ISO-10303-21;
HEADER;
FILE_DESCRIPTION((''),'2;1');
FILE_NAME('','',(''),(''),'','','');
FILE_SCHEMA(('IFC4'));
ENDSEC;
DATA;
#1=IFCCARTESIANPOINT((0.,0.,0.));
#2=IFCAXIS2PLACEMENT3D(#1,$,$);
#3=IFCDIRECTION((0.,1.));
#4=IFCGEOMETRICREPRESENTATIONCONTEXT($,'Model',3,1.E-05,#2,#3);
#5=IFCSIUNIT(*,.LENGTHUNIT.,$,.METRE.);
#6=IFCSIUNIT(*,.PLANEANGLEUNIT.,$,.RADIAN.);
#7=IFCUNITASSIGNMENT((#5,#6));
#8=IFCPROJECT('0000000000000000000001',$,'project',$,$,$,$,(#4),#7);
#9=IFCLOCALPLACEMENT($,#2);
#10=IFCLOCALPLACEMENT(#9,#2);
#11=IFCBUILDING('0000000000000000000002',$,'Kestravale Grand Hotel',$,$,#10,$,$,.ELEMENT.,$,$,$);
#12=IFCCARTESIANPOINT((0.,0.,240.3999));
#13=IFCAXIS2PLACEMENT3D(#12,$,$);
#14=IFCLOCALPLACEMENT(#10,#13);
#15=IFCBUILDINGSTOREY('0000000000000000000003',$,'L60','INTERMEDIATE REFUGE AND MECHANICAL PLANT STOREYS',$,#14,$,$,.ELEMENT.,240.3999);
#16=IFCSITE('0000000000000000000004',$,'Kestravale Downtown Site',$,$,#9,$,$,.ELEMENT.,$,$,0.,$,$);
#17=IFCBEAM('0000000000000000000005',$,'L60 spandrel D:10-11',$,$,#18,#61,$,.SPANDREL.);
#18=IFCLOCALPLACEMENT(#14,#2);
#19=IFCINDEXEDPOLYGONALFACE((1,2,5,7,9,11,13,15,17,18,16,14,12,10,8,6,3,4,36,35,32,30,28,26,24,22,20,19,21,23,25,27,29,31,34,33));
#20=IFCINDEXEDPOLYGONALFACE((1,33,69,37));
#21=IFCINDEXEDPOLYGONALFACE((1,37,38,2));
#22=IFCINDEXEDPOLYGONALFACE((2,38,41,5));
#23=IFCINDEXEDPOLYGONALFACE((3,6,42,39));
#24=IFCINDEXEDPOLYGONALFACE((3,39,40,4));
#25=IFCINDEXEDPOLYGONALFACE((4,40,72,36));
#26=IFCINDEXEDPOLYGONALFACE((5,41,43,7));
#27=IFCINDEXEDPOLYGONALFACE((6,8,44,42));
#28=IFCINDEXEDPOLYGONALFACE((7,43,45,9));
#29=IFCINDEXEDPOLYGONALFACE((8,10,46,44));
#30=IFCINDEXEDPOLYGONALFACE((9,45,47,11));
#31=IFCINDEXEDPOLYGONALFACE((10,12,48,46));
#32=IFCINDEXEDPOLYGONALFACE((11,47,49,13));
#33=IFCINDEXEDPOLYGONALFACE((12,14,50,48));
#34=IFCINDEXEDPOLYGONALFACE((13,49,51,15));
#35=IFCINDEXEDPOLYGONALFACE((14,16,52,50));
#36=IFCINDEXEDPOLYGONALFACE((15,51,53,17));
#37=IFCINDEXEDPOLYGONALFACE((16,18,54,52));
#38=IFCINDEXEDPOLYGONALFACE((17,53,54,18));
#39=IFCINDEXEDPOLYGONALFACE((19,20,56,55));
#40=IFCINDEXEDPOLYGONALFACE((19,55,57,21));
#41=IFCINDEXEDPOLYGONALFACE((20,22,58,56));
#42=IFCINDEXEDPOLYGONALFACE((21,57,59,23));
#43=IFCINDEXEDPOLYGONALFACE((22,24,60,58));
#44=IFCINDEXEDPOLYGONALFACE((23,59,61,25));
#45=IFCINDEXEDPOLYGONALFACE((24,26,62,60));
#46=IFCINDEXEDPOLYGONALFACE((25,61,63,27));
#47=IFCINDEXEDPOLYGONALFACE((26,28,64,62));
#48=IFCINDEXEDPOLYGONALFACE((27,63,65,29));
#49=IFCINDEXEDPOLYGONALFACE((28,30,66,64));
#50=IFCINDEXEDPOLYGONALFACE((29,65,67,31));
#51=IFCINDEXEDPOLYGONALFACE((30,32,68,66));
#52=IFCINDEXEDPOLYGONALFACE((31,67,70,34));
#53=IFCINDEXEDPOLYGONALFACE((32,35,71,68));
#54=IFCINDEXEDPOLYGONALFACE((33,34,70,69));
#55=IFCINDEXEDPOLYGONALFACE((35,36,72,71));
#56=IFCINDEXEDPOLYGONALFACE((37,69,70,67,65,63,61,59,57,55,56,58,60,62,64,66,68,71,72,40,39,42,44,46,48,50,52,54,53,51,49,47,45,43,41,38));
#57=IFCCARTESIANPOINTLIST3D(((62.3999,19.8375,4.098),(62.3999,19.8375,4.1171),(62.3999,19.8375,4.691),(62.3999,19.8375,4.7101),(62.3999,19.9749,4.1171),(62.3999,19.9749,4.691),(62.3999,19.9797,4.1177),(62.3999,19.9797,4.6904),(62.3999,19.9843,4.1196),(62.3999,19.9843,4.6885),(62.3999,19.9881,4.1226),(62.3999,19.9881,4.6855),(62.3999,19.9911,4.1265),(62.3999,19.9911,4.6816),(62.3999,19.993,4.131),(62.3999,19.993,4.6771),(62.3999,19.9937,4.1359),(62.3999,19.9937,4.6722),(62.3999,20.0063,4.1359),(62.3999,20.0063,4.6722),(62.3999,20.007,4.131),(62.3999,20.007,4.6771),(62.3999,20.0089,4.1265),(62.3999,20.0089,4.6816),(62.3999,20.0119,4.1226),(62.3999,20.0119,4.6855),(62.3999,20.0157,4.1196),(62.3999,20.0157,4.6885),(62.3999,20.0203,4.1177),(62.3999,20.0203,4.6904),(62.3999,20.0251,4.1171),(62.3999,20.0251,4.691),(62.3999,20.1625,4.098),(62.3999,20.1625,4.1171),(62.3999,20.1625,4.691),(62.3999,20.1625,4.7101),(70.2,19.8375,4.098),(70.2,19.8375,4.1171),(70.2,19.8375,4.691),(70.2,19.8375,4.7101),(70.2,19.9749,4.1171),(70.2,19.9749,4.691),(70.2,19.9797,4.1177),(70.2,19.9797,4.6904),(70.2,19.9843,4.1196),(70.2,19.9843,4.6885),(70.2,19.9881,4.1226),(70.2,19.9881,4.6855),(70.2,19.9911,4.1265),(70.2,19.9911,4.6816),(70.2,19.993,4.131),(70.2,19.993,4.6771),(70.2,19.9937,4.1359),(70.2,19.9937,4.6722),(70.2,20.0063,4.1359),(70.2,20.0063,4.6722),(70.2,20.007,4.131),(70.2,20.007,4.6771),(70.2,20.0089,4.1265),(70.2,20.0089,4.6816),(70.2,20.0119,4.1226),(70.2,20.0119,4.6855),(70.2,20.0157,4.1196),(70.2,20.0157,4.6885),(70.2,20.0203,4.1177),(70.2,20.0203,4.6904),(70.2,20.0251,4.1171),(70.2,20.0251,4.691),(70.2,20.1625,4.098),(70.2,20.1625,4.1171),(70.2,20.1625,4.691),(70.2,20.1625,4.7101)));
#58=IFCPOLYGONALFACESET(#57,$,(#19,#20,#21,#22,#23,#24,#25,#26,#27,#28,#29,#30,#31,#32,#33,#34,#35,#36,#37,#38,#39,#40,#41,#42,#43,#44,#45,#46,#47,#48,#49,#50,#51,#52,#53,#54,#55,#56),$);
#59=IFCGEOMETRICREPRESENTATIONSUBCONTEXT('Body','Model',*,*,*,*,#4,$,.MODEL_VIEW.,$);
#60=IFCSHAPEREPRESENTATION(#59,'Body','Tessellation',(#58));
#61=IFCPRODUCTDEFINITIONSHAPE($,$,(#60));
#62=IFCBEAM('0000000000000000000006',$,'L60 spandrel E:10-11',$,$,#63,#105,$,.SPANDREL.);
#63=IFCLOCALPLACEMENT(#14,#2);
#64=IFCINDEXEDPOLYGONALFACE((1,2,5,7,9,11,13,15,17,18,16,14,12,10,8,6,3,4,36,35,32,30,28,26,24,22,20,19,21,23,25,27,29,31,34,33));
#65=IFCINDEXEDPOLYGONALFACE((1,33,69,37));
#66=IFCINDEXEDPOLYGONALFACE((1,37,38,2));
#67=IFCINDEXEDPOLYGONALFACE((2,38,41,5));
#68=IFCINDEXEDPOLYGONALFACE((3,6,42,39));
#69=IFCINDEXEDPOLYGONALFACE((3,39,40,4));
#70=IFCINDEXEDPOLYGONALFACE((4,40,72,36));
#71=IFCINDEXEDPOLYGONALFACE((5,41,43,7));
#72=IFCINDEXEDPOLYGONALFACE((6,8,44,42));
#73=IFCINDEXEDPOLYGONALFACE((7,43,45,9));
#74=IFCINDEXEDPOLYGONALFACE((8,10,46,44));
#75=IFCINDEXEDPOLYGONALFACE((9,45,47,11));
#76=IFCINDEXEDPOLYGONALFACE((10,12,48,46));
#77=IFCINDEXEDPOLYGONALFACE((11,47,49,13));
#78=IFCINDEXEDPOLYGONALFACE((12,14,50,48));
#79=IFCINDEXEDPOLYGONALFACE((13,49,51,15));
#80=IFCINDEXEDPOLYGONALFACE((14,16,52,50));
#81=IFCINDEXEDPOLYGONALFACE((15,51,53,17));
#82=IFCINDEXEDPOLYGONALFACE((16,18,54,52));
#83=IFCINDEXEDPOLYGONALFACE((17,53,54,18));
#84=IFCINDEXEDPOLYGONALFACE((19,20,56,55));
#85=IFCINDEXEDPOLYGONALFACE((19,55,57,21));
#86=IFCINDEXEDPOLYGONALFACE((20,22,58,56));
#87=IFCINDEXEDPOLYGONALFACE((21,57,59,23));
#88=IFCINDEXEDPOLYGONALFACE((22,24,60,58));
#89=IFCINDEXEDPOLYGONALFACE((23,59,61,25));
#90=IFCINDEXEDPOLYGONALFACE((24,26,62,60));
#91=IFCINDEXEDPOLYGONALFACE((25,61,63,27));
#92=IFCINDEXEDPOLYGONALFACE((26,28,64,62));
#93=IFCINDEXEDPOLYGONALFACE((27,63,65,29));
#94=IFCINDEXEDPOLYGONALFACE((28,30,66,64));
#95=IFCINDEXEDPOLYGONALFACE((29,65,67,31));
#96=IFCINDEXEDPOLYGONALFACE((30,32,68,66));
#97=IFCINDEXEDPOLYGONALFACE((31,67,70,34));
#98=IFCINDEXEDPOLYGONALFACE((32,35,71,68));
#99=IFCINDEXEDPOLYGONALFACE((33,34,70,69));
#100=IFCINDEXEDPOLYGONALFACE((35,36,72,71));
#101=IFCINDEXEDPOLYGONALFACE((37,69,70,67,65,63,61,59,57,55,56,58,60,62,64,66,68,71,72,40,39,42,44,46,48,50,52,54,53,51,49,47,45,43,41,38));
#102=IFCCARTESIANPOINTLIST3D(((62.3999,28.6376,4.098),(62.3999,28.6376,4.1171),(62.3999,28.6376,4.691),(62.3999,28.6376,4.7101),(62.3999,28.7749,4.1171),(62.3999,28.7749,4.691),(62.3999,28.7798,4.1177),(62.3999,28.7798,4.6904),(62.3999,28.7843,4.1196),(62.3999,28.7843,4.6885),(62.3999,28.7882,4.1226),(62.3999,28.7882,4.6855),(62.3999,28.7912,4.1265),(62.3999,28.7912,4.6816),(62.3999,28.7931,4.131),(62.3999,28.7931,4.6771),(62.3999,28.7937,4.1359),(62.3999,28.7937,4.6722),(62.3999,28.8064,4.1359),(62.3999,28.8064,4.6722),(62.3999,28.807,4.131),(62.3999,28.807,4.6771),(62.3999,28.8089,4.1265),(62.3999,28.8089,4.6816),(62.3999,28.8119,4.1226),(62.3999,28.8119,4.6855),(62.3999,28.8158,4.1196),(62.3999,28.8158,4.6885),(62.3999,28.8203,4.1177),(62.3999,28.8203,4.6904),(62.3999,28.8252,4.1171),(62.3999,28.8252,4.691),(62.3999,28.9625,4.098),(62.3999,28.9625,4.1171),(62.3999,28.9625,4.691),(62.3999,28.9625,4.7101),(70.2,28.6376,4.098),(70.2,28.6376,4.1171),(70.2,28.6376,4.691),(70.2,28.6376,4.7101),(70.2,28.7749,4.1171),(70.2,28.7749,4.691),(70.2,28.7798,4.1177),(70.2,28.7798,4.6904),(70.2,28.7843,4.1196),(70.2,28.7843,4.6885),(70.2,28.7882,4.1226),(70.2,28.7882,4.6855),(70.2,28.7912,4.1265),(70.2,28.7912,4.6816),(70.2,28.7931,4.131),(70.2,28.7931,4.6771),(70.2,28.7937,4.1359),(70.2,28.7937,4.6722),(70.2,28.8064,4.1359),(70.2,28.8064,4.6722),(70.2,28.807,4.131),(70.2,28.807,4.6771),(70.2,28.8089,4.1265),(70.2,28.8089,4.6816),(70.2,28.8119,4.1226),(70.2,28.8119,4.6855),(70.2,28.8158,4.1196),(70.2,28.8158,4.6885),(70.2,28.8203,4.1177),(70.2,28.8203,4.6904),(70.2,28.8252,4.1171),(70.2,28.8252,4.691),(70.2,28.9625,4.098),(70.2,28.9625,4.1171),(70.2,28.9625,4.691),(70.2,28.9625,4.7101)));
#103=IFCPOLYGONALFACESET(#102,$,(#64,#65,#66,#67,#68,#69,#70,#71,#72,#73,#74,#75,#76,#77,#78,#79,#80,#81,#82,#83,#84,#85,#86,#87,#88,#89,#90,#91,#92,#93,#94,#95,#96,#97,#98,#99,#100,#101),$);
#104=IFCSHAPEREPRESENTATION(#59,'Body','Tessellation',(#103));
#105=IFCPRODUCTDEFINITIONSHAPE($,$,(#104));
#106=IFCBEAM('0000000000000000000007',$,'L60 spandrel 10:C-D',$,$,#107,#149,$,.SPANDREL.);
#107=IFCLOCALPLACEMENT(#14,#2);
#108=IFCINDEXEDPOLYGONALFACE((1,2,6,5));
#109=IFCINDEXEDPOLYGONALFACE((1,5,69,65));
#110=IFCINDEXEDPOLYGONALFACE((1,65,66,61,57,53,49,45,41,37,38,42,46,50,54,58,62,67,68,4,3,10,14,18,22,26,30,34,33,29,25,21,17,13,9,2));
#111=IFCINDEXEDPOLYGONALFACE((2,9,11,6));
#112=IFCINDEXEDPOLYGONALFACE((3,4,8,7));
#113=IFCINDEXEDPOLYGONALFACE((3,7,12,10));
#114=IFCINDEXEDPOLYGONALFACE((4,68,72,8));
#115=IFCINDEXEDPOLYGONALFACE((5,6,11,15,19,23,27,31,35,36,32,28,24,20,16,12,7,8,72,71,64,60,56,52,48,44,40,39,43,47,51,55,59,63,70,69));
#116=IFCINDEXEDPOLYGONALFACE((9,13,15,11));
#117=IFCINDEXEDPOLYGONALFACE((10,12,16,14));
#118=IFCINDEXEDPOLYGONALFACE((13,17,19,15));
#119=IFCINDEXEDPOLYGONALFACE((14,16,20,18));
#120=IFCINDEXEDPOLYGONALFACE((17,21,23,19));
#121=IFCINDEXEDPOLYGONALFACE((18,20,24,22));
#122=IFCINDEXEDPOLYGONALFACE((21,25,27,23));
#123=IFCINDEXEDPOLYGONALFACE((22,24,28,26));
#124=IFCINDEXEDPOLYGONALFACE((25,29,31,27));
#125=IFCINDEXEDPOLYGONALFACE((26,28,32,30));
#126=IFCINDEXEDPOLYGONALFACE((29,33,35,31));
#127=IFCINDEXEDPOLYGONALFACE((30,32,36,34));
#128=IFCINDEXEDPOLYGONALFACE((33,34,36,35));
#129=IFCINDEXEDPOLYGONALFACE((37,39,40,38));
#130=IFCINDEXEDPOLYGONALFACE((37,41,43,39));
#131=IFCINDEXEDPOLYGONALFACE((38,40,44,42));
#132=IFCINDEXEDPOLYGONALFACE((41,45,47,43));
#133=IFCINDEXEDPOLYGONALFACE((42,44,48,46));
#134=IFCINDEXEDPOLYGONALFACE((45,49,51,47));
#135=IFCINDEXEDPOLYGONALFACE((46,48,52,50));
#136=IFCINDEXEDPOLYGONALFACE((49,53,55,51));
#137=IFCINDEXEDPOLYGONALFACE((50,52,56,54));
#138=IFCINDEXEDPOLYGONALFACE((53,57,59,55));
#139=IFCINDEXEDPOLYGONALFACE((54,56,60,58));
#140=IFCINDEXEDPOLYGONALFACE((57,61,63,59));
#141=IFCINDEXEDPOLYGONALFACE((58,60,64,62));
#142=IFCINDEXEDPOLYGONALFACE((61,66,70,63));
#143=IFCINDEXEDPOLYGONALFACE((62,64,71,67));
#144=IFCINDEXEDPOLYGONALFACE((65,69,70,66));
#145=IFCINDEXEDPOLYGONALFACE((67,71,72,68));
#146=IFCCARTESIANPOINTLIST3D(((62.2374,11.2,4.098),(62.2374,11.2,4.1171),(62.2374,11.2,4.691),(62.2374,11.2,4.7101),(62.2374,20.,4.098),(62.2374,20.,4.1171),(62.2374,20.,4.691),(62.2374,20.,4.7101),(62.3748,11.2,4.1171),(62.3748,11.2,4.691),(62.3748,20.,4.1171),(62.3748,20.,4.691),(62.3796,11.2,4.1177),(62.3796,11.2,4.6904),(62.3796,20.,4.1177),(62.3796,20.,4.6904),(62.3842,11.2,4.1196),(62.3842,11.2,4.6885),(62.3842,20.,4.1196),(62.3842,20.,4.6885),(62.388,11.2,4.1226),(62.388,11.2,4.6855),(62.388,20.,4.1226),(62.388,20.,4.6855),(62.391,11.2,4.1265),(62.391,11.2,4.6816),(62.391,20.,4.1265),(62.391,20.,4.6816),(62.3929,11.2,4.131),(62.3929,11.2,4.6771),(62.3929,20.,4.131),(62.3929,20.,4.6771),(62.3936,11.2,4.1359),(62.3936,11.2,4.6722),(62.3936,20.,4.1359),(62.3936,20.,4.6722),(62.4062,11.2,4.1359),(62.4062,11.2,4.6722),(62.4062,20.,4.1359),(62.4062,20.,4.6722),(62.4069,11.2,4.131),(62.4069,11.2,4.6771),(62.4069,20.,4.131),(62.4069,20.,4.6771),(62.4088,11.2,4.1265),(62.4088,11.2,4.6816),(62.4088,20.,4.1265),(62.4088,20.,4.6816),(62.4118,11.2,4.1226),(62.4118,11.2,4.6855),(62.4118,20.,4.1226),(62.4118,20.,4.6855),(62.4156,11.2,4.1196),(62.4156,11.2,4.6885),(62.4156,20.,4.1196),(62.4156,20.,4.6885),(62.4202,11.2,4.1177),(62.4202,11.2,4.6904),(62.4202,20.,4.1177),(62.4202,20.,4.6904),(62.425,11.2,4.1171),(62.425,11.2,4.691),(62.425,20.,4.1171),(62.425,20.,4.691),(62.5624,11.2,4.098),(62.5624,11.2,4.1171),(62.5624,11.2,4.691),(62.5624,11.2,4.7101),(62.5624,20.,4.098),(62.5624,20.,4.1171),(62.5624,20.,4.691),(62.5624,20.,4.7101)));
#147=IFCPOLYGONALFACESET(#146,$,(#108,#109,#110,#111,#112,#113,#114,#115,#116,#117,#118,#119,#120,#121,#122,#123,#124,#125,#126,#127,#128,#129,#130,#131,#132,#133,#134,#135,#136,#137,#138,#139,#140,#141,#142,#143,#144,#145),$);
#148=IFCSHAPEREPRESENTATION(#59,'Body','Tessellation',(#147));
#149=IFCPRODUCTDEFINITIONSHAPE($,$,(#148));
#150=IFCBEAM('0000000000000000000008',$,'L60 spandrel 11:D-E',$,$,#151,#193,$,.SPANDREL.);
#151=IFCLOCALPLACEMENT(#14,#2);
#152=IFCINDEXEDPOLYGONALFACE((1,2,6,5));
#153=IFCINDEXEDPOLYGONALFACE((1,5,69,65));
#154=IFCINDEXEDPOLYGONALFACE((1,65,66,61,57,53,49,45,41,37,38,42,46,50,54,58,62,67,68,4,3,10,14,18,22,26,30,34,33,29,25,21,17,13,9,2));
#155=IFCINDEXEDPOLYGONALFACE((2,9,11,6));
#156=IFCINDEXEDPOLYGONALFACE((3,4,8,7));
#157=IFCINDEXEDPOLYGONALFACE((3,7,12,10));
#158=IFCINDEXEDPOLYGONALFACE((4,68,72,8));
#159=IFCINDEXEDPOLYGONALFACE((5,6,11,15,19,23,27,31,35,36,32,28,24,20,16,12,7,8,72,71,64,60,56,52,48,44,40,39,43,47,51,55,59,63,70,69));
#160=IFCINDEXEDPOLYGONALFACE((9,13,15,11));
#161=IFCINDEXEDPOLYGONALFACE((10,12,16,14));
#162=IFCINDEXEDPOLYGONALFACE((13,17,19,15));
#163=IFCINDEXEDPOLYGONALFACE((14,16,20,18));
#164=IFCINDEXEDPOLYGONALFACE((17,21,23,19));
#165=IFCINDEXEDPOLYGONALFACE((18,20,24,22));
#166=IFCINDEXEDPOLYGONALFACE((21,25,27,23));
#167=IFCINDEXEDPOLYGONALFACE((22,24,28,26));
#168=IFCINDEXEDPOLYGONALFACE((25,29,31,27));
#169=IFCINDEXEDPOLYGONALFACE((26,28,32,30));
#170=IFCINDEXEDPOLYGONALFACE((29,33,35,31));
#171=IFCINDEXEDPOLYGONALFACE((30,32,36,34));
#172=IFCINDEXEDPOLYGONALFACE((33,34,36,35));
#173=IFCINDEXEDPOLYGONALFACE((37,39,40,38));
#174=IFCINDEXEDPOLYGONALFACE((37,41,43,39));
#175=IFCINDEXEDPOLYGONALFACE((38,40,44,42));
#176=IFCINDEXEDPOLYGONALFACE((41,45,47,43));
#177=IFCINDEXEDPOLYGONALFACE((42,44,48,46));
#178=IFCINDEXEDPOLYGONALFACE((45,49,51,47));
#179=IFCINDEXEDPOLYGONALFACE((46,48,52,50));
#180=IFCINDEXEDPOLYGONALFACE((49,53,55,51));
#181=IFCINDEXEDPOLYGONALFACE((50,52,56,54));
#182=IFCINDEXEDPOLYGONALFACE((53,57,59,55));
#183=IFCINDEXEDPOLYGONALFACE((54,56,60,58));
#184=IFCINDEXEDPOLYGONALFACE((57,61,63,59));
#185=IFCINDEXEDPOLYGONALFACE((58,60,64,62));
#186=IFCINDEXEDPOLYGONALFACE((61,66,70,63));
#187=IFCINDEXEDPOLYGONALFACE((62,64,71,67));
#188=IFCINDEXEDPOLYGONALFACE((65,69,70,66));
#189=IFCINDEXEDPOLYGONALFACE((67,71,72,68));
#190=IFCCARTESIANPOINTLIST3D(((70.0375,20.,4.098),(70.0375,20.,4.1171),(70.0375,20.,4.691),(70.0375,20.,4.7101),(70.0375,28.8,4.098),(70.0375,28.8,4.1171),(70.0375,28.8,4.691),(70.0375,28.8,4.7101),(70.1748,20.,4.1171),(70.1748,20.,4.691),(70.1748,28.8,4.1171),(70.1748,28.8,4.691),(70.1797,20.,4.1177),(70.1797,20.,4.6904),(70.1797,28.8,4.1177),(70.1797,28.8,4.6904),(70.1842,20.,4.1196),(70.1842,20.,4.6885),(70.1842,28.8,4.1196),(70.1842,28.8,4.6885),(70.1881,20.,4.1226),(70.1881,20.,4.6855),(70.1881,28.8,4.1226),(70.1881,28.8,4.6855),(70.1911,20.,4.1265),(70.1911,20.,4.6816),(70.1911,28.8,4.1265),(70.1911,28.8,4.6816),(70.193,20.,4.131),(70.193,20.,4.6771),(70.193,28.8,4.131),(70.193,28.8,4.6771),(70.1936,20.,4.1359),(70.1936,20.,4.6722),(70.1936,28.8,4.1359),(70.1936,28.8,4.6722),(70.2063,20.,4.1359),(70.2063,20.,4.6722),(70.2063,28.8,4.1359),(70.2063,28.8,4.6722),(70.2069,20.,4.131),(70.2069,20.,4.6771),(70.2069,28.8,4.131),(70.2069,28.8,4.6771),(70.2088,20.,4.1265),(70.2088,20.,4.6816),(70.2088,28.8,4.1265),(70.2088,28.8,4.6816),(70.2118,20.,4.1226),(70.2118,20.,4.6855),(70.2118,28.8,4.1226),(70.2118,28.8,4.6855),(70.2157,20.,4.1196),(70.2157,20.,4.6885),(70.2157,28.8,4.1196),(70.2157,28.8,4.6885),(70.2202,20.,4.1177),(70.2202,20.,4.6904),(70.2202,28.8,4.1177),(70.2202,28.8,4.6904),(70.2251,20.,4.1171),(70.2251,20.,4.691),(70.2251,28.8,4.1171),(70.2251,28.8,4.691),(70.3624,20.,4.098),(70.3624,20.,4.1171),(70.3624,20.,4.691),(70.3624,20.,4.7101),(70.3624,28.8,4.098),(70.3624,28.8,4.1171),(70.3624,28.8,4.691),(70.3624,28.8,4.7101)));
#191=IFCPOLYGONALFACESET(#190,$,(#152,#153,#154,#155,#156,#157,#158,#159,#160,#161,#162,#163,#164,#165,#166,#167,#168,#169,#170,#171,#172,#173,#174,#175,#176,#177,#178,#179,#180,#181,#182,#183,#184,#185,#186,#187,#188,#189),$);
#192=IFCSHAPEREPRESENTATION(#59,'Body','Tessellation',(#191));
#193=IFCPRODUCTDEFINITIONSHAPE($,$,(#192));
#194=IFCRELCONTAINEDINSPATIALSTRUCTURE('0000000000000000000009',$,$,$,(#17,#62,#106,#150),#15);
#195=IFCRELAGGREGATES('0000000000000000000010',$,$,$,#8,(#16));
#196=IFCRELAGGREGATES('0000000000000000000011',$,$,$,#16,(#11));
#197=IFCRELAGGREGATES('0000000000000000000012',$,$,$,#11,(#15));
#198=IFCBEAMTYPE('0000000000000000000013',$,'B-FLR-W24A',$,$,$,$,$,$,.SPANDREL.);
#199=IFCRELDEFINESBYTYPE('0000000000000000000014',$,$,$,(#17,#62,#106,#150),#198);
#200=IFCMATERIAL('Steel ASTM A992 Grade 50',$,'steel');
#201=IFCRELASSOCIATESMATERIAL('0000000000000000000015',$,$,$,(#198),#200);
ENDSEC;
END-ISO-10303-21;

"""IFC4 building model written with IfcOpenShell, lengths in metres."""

from ifc_helpers import new_model, si_unit, direction, frame, origin, origin_2d, place, context, subcontext, project, spatial, i_section, extrude, material, material_profile, profile_set, type_object, element, save


model = new_model("IFC4")

# Units and contexts
model_context = context("Model", 3, precision=1e-05, world=origin(), true_north=direction((0.0, 1.0)))
body_context = subcontext(model_context, "Body", "Model", "MODEL_VIEW")
ifc_project = project(units=[si_unit("LENGTHUNIT", "METRE"), si_unit("PLANEANGLEUNIT", "RADIAN")], contexts=[model_context])

# Site, building, storey
site_placement = place(None, origin())
site = spatial("IfcSite", under=ifc_project, at=site_placement, Name="Kestravale Downtown Site", CompositionType="ELEMENT", RefElevation=0.0)
building_placement = place(site_placement, origin())
building = spatial("IfcBuilding", under=site, at=building_placement, Name="Kestravale Grand Hotel", CompositionType="ELEMENT")
storey_placement = place(building_placement, frame((0.0, 0.0, 240.3999)))
storey = spatial("IfcBuildingStorey", under=building, at=storey_placement, Name="L60", Description="INTERMEDIATE REFUGE AND MECHANICAL PLANT STOREYS", CompositionType="ELEMENT", Elevation=240.3999)

# Beams
ifc_material_1 = material(Name="Steel ASTM A992 Grade 50", Category="steel")
ifc_material_profile_1 = material_profile(ifc_material_1, i_section(OverallWidth=0.325, OverallDepth=0.6121, WebThickness=0.0127, FlangeThickness=0.019, FilletRadius=0.0188, at=origin_2d()))
ifc_profile_set_1 = profile_set([ifc_material_profile_1], Name="Steel ASTM A992 Grade 50")
beam_type_1 = type_object("IfcBeamType", Name="B-FLR-W24A", PredefinedType="SPANDREL", material=ifc_profile_set_1)
for number, where, z_axis, x_axis, name in (
    (1, (62.3999, 20.0, 4.4041), (1.0, 0.0, 0.0), (0.0, 1.0, 0.0), "L60 spandrel D:10-11"),
    (2, (62.3999, 28.8, 4.4041), (1.0, 0.0, 0.0), (0.0, 1.0, 0.0), "L60 spandrel E:10-11"),
):
    element("IfcBeam", number, at=place(storey_placement, frame(where, z_axis=z_axis, x_axis=x_axis)), inside=storey, type_object=beam_type_1, Name=name, PredefinedType="SPANDREL", context=body_context, shape_type="SweptSolid", body=[
        extrude(i_section(OverallWidth=0.325, OverallDepth=0.6121, WebThickness=0.0127, FlangeThickness=0.019, FilletRadius=0.0188, at=origin_2d()), origin(), (0.0, 0.0, 1.0), 7.8),
    ])
for number, where, z_axis, x_axis, name in (
    (3, (62.3999, 11.2, 4.4041), (0.0, 1.0, 0.0), (-1.0, 0.0, 0.0), "L60 spandrel 10:C-D"),
    (4, (70.2, 20.0, 4.4041), (0.0, 1.0, 0.0), (-1.0, 0.0, 0.0), "L60 spandrel 11:D-E"),
):
    element("IfcBeam", number, at=place(storey_placement, frame(where, z_axis=z_axis, x_axis=x_axis)), inside=storey, type_object=beam_type_1, Name=name, PredefinedType="SPANDREL", context=body_context, shape_type="SweptSolid", body=[
        extrude(i_section(OverallWidth=0.325, OverallDepth=0.6121, WebThickness=0.0127, FlangeThickness=0.019, FilletRadius=0.0188, at=origin_2d()), origin(), (0.0, 0.0, 1.0), 8.8),
    ])

save(model, "model.ifc")
